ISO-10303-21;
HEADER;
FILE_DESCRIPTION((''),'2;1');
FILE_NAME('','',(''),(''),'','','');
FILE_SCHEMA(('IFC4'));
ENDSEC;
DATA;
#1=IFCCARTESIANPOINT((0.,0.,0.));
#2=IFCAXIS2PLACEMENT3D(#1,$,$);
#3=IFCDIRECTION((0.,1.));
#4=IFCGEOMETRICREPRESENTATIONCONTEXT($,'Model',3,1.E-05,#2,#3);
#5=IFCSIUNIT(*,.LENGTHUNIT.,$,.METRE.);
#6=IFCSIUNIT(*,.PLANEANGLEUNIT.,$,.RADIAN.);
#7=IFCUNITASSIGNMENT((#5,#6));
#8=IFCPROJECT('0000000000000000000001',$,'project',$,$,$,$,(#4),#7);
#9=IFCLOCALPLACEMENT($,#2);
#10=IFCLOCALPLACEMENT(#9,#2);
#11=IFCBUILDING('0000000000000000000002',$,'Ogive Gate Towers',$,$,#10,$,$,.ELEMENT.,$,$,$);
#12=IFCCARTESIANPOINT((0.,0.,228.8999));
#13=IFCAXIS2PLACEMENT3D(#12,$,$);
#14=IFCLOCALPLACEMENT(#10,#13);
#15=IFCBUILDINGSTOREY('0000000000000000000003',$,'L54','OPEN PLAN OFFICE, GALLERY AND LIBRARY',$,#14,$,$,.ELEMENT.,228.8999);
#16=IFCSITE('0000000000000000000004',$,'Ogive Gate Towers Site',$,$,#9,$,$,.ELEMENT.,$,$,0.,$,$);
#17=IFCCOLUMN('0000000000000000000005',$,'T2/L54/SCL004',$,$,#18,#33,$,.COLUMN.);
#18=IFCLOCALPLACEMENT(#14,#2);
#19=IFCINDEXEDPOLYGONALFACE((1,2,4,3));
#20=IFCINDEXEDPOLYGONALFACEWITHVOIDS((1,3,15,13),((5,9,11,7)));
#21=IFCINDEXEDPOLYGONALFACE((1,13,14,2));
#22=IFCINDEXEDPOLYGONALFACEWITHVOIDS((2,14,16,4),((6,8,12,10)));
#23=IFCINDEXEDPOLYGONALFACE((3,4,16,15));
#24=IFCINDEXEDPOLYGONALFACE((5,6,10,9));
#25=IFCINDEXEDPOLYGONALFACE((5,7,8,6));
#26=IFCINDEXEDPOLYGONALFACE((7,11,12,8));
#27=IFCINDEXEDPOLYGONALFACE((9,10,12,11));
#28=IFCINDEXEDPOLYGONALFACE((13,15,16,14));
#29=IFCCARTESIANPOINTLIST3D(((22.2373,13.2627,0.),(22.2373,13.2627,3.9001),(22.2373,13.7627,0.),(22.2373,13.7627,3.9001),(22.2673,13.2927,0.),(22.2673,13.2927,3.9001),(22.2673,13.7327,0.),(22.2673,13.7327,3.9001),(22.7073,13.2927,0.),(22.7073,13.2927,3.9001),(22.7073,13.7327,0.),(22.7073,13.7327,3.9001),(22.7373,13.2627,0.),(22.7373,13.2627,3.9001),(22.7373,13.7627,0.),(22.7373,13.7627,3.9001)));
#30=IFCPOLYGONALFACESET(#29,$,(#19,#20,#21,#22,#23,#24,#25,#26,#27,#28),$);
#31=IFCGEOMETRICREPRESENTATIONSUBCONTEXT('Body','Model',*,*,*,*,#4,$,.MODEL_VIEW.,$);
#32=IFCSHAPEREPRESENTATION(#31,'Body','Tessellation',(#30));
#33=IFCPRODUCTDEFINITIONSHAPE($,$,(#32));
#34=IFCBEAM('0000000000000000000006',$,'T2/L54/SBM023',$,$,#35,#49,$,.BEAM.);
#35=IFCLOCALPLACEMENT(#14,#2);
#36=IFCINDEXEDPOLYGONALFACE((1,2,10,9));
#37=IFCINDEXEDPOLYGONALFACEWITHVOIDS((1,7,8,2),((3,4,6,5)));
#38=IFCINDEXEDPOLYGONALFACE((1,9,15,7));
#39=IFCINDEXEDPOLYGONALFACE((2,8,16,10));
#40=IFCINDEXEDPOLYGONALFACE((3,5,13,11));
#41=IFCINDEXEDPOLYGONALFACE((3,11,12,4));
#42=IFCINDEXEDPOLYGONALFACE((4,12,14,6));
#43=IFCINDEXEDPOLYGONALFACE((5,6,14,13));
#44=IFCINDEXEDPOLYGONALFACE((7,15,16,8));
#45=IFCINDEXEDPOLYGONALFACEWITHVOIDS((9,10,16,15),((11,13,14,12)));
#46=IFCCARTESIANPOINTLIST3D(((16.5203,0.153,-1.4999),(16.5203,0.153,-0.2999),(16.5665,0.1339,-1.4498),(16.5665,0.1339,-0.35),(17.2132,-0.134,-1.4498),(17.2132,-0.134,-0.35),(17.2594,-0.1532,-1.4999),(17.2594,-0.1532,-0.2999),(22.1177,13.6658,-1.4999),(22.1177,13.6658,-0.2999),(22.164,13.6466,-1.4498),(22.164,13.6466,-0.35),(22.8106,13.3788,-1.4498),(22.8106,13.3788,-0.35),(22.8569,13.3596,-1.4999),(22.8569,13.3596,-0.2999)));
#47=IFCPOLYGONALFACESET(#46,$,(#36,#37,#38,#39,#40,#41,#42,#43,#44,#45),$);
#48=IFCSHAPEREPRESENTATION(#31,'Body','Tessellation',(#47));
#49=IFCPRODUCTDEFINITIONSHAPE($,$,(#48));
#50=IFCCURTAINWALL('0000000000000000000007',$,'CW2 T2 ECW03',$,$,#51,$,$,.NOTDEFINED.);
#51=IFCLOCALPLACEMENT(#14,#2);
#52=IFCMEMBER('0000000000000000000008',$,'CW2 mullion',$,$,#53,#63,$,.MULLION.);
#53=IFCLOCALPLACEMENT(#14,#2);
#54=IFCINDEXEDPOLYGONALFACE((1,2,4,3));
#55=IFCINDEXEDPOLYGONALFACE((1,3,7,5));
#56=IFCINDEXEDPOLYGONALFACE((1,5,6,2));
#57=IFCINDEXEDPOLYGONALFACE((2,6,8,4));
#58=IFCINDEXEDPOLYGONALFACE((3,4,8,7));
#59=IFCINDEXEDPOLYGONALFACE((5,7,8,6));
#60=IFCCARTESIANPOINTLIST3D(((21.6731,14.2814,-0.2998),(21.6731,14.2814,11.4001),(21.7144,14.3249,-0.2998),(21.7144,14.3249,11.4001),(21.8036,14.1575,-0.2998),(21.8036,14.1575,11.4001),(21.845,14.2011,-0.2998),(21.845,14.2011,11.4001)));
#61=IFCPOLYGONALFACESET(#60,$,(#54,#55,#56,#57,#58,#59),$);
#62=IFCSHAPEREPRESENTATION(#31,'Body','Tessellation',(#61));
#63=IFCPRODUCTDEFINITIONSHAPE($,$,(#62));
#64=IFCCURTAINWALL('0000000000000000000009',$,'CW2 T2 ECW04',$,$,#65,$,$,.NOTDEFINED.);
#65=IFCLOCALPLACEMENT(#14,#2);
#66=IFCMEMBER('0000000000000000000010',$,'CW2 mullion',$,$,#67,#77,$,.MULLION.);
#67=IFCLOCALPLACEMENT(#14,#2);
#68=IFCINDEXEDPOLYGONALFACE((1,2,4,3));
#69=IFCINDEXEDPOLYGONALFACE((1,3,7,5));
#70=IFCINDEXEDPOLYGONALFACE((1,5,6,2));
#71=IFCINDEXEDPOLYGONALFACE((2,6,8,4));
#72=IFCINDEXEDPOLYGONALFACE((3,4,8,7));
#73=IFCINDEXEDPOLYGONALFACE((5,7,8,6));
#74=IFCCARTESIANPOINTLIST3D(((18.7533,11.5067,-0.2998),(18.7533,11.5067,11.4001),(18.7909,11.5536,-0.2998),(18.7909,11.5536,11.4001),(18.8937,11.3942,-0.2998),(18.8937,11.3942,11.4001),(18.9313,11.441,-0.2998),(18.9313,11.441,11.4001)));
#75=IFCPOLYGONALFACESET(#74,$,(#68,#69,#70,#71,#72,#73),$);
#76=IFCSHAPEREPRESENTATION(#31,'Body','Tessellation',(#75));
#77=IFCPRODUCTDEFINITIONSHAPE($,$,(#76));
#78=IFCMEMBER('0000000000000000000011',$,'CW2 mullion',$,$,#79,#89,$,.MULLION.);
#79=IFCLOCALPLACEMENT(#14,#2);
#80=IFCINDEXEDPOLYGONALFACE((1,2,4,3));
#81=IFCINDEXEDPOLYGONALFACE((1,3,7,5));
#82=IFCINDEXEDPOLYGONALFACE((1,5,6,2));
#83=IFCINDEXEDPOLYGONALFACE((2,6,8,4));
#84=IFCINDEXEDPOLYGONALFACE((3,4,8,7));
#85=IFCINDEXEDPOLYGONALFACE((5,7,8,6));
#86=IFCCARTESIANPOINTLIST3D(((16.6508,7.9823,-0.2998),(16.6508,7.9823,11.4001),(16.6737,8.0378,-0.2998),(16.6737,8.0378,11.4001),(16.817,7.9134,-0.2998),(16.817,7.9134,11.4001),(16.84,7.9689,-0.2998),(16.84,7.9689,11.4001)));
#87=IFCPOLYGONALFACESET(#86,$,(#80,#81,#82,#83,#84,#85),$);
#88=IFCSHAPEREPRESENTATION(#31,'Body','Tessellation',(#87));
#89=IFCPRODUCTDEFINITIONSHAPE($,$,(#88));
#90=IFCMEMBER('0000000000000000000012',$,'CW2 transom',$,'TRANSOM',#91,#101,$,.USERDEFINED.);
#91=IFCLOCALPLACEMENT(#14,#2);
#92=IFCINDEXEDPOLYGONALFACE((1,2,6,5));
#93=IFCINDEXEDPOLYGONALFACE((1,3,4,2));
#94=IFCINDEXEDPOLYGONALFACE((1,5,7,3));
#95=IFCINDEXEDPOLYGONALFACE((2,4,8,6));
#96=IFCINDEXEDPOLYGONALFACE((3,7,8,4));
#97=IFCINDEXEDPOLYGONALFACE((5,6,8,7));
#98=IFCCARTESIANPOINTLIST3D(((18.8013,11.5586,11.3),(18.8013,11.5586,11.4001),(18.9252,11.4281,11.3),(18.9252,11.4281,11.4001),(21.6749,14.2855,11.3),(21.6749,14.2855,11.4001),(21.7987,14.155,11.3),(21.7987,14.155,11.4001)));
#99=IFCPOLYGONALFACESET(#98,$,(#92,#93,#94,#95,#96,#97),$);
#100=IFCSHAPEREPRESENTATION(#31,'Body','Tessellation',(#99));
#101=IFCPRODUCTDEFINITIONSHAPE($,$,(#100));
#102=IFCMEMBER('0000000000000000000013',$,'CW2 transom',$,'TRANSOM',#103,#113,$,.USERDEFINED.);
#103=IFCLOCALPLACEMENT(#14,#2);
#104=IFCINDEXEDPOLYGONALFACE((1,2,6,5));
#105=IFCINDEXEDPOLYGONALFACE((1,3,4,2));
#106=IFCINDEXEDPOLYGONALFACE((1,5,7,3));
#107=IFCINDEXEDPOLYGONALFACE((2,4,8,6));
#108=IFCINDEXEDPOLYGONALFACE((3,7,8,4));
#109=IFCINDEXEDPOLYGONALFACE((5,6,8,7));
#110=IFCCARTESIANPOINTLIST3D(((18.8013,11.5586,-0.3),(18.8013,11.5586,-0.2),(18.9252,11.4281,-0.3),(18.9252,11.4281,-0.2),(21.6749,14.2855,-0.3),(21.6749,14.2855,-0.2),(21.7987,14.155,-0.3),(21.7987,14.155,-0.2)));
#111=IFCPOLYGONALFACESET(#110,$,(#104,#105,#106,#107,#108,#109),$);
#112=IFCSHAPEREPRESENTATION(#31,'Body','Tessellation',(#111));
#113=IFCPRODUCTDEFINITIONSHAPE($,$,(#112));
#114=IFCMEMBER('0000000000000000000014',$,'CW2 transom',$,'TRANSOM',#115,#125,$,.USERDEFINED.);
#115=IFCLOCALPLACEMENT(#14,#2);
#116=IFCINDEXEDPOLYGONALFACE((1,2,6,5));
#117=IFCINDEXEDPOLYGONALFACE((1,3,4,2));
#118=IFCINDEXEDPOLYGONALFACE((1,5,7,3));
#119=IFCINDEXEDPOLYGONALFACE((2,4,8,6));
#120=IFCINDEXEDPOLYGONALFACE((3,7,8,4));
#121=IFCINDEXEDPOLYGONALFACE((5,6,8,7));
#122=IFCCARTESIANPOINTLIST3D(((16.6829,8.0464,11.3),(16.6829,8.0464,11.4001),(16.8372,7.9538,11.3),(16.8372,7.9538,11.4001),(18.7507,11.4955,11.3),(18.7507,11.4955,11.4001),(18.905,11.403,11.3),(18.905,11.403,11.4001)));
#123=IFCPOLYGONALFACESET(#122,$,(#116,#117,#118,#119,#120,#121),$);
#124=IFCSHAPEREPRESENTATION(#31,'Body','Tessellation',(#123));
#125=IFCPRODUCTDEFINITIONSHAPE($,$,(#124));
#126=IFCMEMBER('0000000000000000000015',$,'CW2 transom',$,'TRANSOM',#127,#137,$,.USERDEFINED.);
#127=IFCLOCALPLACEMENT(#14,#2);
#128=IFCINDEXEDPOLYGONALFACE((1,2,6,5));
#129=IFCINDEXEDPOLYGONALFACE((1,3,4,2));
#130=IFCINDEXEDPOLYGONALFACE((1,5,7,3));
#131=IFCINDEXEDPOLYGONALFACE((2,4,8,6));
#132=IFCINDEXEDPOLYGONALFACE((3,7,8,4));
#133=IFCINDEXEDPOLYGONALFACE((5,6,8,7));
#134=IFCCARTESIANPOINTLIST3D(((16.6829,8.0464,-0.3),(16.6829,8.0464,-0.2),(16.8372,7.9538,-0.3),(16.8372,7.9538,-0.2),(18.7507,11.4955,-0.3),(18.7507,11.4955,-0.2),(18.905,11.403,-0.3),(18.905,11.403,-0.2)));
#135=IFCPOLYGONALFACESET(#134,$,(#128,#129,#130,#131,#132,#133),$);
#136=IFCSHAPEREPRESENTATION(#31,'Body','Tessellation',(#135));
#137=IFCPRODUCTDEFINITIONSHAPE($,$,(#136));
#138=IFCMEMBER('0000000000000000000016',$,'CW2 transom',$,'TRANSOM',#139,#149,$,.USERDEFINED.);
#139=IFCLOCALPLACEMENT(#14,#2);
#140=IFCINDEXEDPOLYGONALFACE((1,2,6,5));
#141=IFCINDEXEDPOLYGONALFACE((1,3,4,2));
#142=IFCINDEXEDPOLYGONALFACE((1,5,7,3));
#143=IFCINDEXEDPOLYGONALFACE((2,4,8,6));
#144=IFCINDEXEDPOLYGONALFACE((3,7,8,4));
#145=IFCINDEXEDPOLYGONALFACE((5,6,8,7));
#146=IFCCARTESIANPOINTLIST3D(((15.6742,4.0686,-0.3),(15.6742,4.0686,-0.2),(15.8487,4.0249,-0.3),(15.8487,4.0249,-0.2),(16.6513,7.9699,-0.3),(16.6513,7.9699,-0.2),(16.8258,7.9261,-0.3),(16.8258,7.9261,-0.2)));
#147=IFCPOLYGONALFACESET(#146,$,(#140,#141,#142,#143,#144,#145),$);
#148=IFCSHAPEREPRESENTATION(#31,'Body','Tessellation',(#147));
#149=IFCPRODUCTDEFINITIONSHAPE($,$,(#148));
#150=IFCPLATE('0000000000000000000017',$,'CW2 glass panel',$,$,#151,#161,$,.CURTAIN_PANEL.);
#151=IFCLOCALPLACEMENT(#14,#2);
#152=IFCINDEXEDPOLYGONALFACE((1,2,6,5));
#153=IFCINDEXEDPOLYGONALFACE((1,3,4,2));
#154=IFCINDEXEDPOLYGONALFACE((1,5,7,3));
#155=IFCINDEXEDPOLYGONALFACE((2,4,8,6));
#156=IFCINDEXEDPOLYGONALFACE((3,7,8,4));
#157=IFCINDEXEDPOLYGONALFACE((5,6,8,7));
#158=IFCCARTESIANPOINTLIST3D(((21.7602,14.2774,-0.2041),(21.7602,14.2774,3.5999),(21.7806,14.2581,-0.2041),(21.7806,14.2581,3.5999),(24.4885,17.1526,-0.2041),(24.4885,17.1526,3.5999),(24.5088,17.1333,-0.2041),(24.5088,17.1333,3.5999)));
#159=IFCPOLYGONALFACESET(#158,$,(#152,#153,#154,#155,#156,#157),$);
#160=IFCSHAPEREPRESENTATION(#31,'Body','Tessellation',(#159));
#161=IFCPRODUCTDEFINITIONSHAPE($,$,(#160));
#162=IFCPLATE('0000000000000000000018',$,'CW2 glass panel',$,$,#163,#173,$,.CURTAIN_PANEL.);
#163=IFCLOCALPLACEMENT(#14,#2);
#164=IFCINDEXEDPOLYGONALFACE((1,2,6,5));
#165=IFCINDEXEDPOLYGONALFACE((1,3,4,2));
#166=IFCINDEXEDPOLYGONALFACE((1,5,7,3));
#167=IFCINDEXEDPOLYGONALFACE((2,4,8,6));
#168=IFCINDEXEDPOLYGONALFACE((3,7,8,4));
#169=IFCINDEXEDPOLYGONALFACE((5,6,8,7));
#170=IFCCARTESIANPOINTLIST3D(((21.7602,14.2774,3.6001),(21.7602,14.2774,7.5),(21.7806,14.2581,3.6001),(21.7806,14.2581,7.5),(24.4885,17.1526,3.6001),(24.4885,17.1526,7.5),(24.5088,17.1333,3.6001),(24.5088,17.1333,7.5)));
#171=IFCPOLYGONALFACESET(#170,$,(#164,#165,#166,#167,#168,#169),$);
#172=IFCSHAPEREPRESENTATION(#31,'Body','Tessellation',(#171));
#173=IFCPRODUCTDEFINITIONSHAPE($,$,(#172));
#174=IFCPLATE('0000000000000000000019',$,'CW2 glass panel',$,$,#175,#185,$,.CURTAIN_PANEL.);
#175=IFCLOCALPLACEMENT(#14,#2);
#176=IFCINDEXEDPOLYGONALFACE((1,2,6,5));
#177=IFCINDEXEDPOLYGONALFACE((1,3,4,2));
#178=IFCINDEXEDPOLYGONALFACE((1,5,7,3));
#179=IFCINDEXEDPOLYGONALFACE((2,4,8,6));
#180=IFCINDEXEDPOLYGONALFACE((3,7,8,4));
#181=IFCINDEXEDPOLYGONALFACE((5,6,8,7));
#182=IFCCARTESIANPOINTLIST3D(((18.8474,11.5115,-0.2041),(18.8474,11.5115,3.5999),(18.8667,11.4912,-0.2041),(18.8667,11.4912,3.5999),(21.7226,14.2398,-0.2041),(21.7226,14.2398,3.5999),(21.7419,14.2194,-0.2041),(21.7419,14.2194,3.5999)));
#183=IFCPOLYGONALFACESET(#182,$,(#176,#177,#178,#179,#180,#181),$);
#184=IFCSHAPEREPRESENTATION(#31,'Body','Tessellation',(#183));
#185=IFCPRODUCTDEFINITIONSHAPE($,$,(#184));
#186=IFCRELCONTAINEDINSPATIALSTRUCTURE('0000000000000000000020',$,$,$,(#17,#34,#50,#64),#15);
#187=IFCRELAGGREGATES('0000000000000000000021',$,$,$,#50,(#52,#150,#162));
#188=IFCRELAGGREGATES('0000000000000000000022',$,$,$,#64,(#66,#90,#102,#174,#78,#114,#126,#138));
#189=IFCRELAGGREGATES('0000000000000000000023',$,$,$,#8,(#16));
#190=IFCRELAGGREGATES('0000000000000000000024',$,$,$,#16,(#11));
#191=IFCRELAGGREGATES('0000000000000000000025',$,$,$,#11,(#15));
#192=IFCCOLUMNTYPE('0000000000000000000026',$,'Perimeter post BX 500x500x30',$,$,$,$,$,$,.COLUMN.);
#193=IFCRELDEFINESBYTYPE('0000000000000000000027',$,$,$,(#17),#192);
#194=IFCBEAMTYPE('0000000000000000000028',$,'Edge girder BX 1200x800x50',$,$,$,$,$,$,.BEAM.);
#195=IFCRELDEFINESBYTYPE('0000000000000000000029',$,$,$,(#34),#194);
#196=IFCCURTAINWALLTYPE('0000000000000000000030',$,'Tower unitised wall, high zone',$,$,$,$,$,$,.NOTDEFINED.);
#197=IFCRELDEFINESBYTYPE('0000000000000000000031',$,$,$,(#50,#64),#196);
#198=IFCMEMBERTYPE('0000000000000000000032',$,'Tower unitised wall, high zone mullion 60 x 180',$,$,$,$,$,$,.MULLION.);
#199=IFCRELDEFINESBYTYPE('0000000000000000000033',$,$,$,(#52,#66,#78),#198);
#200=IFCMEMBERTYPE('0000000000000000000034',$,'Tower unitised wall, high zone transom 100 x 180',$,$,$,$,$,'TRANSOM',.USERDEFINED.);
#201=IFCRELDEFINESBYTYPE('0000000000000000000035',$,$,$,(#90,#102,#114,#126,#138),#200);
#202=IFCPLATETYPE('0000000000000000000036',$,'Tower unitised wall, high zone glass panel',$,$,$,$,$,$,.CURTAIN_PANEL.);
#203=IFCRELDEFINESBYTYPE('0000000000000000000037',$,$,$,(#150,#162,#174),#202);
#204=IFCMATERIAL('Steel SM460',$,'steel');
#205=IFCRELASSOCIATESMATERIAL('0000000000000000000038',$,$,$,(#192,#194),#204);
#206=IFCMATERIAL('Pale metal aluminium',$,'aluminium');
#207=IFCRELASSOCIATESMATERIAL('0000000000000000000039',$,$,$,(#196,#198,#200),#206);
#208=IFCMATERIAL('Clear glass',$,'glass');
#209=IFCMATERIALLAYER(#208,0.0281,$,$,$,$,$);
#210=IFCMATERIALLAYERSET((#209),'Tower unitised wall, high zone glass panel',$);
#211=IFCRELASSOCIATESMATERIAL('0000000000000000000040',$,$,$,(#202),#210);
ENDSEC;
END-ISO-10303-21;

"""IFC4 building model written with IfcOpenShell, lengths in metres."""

from ifc_helpers import new_model, si_unit, direction, frame, origin, origin_2d, place, context, subcontext, project, spatial, rectangle, hollow_rectangle, extrude, material, layer, layer_set, material_profile, profile_set, type_object, element, aggregate, save


model = new_model("IFC4")

# Units and contexts
model_context = context("Model", 3, precision=1e-05, world=origin(), true_north=direction((0.0, 1.0)))
body_context = subcontext(model_context, "Body", "Model", "MODEL_VIEW")
ifc_project = project(units=[si_unit("LENGTHUNIT", "METRE"), si_unit("PLANEANGLEUNIT", "RADIAN")], contexts=[model_context])

# Site, building, storey
site_placement = place(None, origin())
site = spatial("IfcSite", under=ifc_project, at=site_placement, Name="Ogive Gate Towers Site", CompositionType="ELEMENT", RefElevation=0.0)
building_placement = place(site_placement, origin())
building = spatial("IfcBuilding", under=site, at=building_placement, Name="Ogive Gate Towers", CompositionType="ELEMENT")
storey_placement = place(building_placement, frame((0.0, 0.0, 228.8999)))
storey = spatial("IfcBuildingStorey", under=building, at=storey_placement, Name="L54", Description="OPEN PLAN OFFICE, GALLERY AND LIBRARY", CompositionType="ELEMENT", Elevation=228.8999)

# Column
ifc_material_1 = material(Name="Steel SM460", Category="steel")
ifc_material_profile_1 = material_profile(ifc_material_1, hollow_rectangle(XDim=0.5, YDim=0.5, WallThickness=0.03, at=origin_2d()), Name="BX 500x500x30")
ifc_profile_set_1 = profile_set([ifc_material_profile_1], Name="Steel SM460")
column_type = type_object("IfcColumnType", Name="Perimeter post BX 500x500x30", PredefinedType="COLUMN", material=ifc_profile_set_1)
column_placement = place(storey_placement, frame((22.4873, 13.5127, 0.0), z_axis=(0.0, 0.0, 1.0), x_axis=(1.0, 0.0, 0.0)))
element("IfcColumn", 1, at=column_placement, inside=storey, type_object=column_type, Name="T2/L54/SCL004", PredefinedType="COLUMN", context=body_context, shape_type="SweptSolid", body=[
    extrude(hollow_rectangle(XDim=0.5, YDim=0.5, WallThickness=0.03, at=origin_2d()), origin(), (0.0, 0.0, 1.0), 3.9001),
])

# Beam
ifc_material_profile_2 = material_profile(ifc_material_1, hollow_rectangle(XDim=0.8, YDim=1.2, WallThickness=0.05, at=origin_2d()), Name="BX 1200x800x50")
ifc_profile_set_2 = profile_set([ifc_material_profile_2], Name="Steel SM460")
beam_type = type_object("IfcBeamType", Name="Edge girder BX 1200x800x50", PredefinedType="BEAM", material=ifc_profile_set_2)
beam_placement = place(storey_placement, frame((22.4873, 13.5127, -0.8999), z_axis=(-0.382699, -0.923873, 0.0), x_axis=(0.923873, -0.382699, 0.0)))
element("IfcBeam", 2, at=beam_placement, inside=storey, type_object=beam_type, Name="T2/L54/SBM023", PredefinedType="BEAM", context=body_context, shape_type="SweptSolid", body=[
    extrude(hollow_rectangle(XDim=0.8, YDim=1.2, WallThickness=0.05, at=origin_2d()), origin(), (0.0, 0.0, 1.0), 14.6262),
])

# Curtain wall, member
ifc_material_2 = material(Name="Pale metal aluminium", Category="aluminium")
curtain_wall_type = type_object("IfcCurtainWallType", Name="Tower unitised wall, high zone", PredefinedType="NOTDEFINED", material=ifc_material_2)
curtain_wall_1_placement = place(storey_placement, origin())
curtain_wall_1 = element("IfcCurtainWall", 3, at=curtain_wall_1_placement, inside=storey, type_object=curtain_wall_type, Name="CW2 T2 ECW03", PredefinedType="NOTDEFINED")
ifc_material_profile_3 = material_profile(ifc_material_2, rectangle(XDim=0.1799, YDim=0.0601, at=origin_2d()), Name="60 x 180 aluminium box")
ifc_profile_set_3 = profile_set([ifc_material_profile_3], Name="Pale metal aluminium")
member_type_1 = type_object("IfcMemberType", Name="Tower unitised wall, high zone mullion 60 x 180", PredefinedType="MULLION", material=ifc_profile_set_3)
member_1_placement = place(storey_placement, frame((21.759, 14.2412, -0.2998), z_axis=(0.0, 0.0, 1.0), x_axis=(-0.725398, 0.688329, 0.0)))
member_1 = element("IfcMember", 4, at=member_1_placement, type_object=member_type_1, Name="CW2 mullion", PredefinedType="MULLION", context=body_context, shape_type="SweptSolid", body=[
    extrude(rectangle(XDim=0.1799, YDim=0.0601, at=origin_2d()), origin(), (0.0, 0.0, 1.0), 11.7),
])

# Curtain wall, members
curtain_wall_2_placement = place(storey_placement, origin())
curtain_wall_2 = element("IfcCurtainWall", 5, at=curtain_wall_2_placement, inside=storey, type_object=curtain_wall_type, Name="CW2 T2 ECW04", PredefinedType="NOTDEFINED")
member_2_placement = place(storey_placement, frame((18.8423, 11.4739, -0.2998), z_axis=(0.0, 0.0, 1.0), x_axis=(-0.780201, 0.625529, 0.0)))
member_2 = element("IfcMember", 6, at=member_2_placement, type_object=member_type_1, Name="CW2 mullion", PredefinedType="MULLION", context=body_context, shape_type="SweptSolid", body=[
    extrude(rectangle(XDim=0.1799, YDim=0.0601, at=origin_2d()), origin(), (0.0, 0.0, 1.0), 11.7),
])
member_3_placement = place(storey_placement, frame((16.7454, 7.9756, -0.2998), z_axis=(0.0, 0.0, 1.0), x_axis=(-0.923873, 0.3827, 0.0)))
member_3 = element("IfcMember", 7, at=member_3_placement, type_object=member_type_1, Name="CW2 mullion", PredefinedType="MULLION", context=body_context, shape_type="SweptSolid", body=[
    extrude(rectangle(XDim=0.1799, YDim=0.0601, at=origin_2d()), origin(), (0.0, 0.0, 1.0), 11.7),
])
ifc_material_profile_4 = material_profile(ifc_material_2, rectangle(XDim=0.1799, YDim=0.1001, at=origin_2d()), Name="100 x 180 aluminium box")
ifc_profile_set_4 = profile_set([ifc_material_profile_4], Name="Pale metal aluminium")
member_type_2 = type_object("IfcMemberType", Name="Tower unitised wall, high zone transom 100 x 180", ElementType="TRANSOM", PredefinedType="USERDEFINED", material=ifc_profile_set_4)
member_4_placement = place(storey_placement, frame((21.7368, 14.2202, 11.3501), z_axis=(-0.725384, -0.688344, 0.0), x_axis=(0.688344, -0.725384, 0.0)))
member_4 = element("IfcMember", 8, at=member_4_placement, type_object=member_type_2, Name="CW2 transom", ObjectType="TRANSOM", PredefinedType="USERDEFINED", context=body_context, shape_type="SweptSolid", body=[
    extrude(rectangle(XDim=0.1799, YDim=0.1001, at=origin_2d()), origin(), (0.0, 0.0, 1.0), 3.9614),
])
member_5_placement = place(storey_placement, frame((21.7368, 14.2202, -0.25), z_axis=(-0.725384, -0.688344, 0.0), x_axis=(0.688344, -0.725384, 0.0)))
member_5 = element("IfcMember", 9, at=member_5_placement, type_object=member_type_2, Name="CW2 transom", ObjectType="TRANSOM", PredefinedType="USERDEFINED", context=body_context, shape_type="SweptSolid", body=[
    extrude(rectangle(XDim=0.1799, YDim=0.1001, at=origin_2d()), origin(), (0.0, 0.0, 1.0), 3.9614),
])
member_6_placement = place(storey_placement, frame((18.8279, 11.4492, 11.3501), z_axis=(-0.514192, -0.857675, 0.0), x_axis=(0.857675, -0.514192, 0.0)))
member_6 = element("IfcMember", 10, at=member_6_placement, type_object=member_type_2, Name="CW2 transom", ObjectType="TRANSOM", PredefinedType="USERDEFINED", context=body_context, shape_type="SweptSolid", body=[
    extrude(rectangle(XDim=0.1799, YDim=0.1001, at=origin_2d()), origin(), (0.0, 0.0, 1.0), 4.0215),
])
member_7_placement = place(storey_placement, frame((18.8279, 11.4492, -0.25), z_axis=(-0.514192, -0.857675, 0.0), x_axis=(0.857675, -0.514192, 0.0)))
member_7 = element("IfcMember", 11, at=member_7_placement, type_object=member_type_2, Name="CW2 transom", ObjectType="TRANSOM", PredefinedType="USERDEFINED", context=body_context, shape_type="SweptSolid", body=[
    extrude(rectangle(XDim=0.1799, YDim=0.1001, at=origin_2d()), origin(), (0.0, 0.0, 1.0), 4.0215),
])
member_8_placement = place(storey_placement, frame((16.7385, 7.948, -0.25), z_axis=(-0.24295, -0.970039, 0.0), x_axis=(0.970039, -0.24295, 0.0)))
member_8 = element("IfcMember", 12, at=member_8_placement, type_object=member_type_2, Name="CW2 transom", ObjectType="TRANSOM", PredefinedType="USERDEFINED", context=body_context, shape_type="SweptSolid", body=[
    extrude(rectangle(XDim=0.1799, YDim=0.1001, at=origin_2d()), origin(), (0.0, 0.0, 1.0), 4.0217),
])

# Plates
ifc_material_3 = material(Name="Clear glass", Category="glass")
ifc_layer = layer(ifc_material_3, 0.0281)
ifc_layer_set = layer_set([ifc_layer], Name="Tower unitised wall, high zone glass panel")
plate_type = type_object("IfcPlateType", Name="Tower unitised wall, high zone glass panel", PredefinedType="CURTAIN_PANEL", material=ifc_layer_set)
plate_1_placement = place(storey_placement, frame((23.1345, 15.7053, -0.2041), z_axis=(0.0, 0.0, 1.0), x_axis=(-0.688329, -0.725398, 0.0)))
plate_1 = element("IfcPlate", 13, at=plate_1_placement, type_object=plate_type, Name="CW2 glass panel", PredefinedType="CURTAIN_PANEL", context=body_context, shape_type="SweptSolid", body=[
    extrude(rectangle(XDim=3.9636, YDim=0.0281, at=origin_2d()), origin(), (0.0, 0.0, 1.0), 3.804),
])
plate_2_placement = place(storey_placement, frame((23.1345, 15.7053, 3.6001), z_axis=(0.0, 0.0, 1.0), x_axis=(-0.688329, -0.725398, 0.0)))
plate_2 = element("IfcPlate", 14, at=plate_2_placement, type_object=plate_type, Name="CW2 glass panel", PredefinedType="CURTAIN_PANEL", context=body_context, shape_type="SweptSolid", body=[
    extrude(rectangle(XDim=3.9636, YDim=0.0281, at=origin_2d()), origin(), (0.0, 0.0, 1.0), 3.8999),
])
aggregate(curtain_wall_1, [member_1, plate_1, plate_2])
plate_3_placement = place(storey_placement, frame((20.2947, 12.8655, -0.2041), z_axis=(0.0, 0.0, 1.0), x_axis=(-0.725398, -0.688329, 0.0)))
plate_3 = element("IfcPlate", 15, at=plate_3_placement, type_object=plate_type, Name="CW2 glass panel", PredefinedType="CURTAIN_PANEL", context=body_context, shape_type="SweptSolid", body=[
    extrude(rectangle(XDim=3.9636, YDim=0.0281, at=origin_2d()), origin(), (0.0, 0.0, 1.0), 3.804),
])
aggregate(curtain_wall_2, [member_2, member_4, member_5, plate_3, member_3, member_6, member_7, member_8])

save(model, "model.ifc")
